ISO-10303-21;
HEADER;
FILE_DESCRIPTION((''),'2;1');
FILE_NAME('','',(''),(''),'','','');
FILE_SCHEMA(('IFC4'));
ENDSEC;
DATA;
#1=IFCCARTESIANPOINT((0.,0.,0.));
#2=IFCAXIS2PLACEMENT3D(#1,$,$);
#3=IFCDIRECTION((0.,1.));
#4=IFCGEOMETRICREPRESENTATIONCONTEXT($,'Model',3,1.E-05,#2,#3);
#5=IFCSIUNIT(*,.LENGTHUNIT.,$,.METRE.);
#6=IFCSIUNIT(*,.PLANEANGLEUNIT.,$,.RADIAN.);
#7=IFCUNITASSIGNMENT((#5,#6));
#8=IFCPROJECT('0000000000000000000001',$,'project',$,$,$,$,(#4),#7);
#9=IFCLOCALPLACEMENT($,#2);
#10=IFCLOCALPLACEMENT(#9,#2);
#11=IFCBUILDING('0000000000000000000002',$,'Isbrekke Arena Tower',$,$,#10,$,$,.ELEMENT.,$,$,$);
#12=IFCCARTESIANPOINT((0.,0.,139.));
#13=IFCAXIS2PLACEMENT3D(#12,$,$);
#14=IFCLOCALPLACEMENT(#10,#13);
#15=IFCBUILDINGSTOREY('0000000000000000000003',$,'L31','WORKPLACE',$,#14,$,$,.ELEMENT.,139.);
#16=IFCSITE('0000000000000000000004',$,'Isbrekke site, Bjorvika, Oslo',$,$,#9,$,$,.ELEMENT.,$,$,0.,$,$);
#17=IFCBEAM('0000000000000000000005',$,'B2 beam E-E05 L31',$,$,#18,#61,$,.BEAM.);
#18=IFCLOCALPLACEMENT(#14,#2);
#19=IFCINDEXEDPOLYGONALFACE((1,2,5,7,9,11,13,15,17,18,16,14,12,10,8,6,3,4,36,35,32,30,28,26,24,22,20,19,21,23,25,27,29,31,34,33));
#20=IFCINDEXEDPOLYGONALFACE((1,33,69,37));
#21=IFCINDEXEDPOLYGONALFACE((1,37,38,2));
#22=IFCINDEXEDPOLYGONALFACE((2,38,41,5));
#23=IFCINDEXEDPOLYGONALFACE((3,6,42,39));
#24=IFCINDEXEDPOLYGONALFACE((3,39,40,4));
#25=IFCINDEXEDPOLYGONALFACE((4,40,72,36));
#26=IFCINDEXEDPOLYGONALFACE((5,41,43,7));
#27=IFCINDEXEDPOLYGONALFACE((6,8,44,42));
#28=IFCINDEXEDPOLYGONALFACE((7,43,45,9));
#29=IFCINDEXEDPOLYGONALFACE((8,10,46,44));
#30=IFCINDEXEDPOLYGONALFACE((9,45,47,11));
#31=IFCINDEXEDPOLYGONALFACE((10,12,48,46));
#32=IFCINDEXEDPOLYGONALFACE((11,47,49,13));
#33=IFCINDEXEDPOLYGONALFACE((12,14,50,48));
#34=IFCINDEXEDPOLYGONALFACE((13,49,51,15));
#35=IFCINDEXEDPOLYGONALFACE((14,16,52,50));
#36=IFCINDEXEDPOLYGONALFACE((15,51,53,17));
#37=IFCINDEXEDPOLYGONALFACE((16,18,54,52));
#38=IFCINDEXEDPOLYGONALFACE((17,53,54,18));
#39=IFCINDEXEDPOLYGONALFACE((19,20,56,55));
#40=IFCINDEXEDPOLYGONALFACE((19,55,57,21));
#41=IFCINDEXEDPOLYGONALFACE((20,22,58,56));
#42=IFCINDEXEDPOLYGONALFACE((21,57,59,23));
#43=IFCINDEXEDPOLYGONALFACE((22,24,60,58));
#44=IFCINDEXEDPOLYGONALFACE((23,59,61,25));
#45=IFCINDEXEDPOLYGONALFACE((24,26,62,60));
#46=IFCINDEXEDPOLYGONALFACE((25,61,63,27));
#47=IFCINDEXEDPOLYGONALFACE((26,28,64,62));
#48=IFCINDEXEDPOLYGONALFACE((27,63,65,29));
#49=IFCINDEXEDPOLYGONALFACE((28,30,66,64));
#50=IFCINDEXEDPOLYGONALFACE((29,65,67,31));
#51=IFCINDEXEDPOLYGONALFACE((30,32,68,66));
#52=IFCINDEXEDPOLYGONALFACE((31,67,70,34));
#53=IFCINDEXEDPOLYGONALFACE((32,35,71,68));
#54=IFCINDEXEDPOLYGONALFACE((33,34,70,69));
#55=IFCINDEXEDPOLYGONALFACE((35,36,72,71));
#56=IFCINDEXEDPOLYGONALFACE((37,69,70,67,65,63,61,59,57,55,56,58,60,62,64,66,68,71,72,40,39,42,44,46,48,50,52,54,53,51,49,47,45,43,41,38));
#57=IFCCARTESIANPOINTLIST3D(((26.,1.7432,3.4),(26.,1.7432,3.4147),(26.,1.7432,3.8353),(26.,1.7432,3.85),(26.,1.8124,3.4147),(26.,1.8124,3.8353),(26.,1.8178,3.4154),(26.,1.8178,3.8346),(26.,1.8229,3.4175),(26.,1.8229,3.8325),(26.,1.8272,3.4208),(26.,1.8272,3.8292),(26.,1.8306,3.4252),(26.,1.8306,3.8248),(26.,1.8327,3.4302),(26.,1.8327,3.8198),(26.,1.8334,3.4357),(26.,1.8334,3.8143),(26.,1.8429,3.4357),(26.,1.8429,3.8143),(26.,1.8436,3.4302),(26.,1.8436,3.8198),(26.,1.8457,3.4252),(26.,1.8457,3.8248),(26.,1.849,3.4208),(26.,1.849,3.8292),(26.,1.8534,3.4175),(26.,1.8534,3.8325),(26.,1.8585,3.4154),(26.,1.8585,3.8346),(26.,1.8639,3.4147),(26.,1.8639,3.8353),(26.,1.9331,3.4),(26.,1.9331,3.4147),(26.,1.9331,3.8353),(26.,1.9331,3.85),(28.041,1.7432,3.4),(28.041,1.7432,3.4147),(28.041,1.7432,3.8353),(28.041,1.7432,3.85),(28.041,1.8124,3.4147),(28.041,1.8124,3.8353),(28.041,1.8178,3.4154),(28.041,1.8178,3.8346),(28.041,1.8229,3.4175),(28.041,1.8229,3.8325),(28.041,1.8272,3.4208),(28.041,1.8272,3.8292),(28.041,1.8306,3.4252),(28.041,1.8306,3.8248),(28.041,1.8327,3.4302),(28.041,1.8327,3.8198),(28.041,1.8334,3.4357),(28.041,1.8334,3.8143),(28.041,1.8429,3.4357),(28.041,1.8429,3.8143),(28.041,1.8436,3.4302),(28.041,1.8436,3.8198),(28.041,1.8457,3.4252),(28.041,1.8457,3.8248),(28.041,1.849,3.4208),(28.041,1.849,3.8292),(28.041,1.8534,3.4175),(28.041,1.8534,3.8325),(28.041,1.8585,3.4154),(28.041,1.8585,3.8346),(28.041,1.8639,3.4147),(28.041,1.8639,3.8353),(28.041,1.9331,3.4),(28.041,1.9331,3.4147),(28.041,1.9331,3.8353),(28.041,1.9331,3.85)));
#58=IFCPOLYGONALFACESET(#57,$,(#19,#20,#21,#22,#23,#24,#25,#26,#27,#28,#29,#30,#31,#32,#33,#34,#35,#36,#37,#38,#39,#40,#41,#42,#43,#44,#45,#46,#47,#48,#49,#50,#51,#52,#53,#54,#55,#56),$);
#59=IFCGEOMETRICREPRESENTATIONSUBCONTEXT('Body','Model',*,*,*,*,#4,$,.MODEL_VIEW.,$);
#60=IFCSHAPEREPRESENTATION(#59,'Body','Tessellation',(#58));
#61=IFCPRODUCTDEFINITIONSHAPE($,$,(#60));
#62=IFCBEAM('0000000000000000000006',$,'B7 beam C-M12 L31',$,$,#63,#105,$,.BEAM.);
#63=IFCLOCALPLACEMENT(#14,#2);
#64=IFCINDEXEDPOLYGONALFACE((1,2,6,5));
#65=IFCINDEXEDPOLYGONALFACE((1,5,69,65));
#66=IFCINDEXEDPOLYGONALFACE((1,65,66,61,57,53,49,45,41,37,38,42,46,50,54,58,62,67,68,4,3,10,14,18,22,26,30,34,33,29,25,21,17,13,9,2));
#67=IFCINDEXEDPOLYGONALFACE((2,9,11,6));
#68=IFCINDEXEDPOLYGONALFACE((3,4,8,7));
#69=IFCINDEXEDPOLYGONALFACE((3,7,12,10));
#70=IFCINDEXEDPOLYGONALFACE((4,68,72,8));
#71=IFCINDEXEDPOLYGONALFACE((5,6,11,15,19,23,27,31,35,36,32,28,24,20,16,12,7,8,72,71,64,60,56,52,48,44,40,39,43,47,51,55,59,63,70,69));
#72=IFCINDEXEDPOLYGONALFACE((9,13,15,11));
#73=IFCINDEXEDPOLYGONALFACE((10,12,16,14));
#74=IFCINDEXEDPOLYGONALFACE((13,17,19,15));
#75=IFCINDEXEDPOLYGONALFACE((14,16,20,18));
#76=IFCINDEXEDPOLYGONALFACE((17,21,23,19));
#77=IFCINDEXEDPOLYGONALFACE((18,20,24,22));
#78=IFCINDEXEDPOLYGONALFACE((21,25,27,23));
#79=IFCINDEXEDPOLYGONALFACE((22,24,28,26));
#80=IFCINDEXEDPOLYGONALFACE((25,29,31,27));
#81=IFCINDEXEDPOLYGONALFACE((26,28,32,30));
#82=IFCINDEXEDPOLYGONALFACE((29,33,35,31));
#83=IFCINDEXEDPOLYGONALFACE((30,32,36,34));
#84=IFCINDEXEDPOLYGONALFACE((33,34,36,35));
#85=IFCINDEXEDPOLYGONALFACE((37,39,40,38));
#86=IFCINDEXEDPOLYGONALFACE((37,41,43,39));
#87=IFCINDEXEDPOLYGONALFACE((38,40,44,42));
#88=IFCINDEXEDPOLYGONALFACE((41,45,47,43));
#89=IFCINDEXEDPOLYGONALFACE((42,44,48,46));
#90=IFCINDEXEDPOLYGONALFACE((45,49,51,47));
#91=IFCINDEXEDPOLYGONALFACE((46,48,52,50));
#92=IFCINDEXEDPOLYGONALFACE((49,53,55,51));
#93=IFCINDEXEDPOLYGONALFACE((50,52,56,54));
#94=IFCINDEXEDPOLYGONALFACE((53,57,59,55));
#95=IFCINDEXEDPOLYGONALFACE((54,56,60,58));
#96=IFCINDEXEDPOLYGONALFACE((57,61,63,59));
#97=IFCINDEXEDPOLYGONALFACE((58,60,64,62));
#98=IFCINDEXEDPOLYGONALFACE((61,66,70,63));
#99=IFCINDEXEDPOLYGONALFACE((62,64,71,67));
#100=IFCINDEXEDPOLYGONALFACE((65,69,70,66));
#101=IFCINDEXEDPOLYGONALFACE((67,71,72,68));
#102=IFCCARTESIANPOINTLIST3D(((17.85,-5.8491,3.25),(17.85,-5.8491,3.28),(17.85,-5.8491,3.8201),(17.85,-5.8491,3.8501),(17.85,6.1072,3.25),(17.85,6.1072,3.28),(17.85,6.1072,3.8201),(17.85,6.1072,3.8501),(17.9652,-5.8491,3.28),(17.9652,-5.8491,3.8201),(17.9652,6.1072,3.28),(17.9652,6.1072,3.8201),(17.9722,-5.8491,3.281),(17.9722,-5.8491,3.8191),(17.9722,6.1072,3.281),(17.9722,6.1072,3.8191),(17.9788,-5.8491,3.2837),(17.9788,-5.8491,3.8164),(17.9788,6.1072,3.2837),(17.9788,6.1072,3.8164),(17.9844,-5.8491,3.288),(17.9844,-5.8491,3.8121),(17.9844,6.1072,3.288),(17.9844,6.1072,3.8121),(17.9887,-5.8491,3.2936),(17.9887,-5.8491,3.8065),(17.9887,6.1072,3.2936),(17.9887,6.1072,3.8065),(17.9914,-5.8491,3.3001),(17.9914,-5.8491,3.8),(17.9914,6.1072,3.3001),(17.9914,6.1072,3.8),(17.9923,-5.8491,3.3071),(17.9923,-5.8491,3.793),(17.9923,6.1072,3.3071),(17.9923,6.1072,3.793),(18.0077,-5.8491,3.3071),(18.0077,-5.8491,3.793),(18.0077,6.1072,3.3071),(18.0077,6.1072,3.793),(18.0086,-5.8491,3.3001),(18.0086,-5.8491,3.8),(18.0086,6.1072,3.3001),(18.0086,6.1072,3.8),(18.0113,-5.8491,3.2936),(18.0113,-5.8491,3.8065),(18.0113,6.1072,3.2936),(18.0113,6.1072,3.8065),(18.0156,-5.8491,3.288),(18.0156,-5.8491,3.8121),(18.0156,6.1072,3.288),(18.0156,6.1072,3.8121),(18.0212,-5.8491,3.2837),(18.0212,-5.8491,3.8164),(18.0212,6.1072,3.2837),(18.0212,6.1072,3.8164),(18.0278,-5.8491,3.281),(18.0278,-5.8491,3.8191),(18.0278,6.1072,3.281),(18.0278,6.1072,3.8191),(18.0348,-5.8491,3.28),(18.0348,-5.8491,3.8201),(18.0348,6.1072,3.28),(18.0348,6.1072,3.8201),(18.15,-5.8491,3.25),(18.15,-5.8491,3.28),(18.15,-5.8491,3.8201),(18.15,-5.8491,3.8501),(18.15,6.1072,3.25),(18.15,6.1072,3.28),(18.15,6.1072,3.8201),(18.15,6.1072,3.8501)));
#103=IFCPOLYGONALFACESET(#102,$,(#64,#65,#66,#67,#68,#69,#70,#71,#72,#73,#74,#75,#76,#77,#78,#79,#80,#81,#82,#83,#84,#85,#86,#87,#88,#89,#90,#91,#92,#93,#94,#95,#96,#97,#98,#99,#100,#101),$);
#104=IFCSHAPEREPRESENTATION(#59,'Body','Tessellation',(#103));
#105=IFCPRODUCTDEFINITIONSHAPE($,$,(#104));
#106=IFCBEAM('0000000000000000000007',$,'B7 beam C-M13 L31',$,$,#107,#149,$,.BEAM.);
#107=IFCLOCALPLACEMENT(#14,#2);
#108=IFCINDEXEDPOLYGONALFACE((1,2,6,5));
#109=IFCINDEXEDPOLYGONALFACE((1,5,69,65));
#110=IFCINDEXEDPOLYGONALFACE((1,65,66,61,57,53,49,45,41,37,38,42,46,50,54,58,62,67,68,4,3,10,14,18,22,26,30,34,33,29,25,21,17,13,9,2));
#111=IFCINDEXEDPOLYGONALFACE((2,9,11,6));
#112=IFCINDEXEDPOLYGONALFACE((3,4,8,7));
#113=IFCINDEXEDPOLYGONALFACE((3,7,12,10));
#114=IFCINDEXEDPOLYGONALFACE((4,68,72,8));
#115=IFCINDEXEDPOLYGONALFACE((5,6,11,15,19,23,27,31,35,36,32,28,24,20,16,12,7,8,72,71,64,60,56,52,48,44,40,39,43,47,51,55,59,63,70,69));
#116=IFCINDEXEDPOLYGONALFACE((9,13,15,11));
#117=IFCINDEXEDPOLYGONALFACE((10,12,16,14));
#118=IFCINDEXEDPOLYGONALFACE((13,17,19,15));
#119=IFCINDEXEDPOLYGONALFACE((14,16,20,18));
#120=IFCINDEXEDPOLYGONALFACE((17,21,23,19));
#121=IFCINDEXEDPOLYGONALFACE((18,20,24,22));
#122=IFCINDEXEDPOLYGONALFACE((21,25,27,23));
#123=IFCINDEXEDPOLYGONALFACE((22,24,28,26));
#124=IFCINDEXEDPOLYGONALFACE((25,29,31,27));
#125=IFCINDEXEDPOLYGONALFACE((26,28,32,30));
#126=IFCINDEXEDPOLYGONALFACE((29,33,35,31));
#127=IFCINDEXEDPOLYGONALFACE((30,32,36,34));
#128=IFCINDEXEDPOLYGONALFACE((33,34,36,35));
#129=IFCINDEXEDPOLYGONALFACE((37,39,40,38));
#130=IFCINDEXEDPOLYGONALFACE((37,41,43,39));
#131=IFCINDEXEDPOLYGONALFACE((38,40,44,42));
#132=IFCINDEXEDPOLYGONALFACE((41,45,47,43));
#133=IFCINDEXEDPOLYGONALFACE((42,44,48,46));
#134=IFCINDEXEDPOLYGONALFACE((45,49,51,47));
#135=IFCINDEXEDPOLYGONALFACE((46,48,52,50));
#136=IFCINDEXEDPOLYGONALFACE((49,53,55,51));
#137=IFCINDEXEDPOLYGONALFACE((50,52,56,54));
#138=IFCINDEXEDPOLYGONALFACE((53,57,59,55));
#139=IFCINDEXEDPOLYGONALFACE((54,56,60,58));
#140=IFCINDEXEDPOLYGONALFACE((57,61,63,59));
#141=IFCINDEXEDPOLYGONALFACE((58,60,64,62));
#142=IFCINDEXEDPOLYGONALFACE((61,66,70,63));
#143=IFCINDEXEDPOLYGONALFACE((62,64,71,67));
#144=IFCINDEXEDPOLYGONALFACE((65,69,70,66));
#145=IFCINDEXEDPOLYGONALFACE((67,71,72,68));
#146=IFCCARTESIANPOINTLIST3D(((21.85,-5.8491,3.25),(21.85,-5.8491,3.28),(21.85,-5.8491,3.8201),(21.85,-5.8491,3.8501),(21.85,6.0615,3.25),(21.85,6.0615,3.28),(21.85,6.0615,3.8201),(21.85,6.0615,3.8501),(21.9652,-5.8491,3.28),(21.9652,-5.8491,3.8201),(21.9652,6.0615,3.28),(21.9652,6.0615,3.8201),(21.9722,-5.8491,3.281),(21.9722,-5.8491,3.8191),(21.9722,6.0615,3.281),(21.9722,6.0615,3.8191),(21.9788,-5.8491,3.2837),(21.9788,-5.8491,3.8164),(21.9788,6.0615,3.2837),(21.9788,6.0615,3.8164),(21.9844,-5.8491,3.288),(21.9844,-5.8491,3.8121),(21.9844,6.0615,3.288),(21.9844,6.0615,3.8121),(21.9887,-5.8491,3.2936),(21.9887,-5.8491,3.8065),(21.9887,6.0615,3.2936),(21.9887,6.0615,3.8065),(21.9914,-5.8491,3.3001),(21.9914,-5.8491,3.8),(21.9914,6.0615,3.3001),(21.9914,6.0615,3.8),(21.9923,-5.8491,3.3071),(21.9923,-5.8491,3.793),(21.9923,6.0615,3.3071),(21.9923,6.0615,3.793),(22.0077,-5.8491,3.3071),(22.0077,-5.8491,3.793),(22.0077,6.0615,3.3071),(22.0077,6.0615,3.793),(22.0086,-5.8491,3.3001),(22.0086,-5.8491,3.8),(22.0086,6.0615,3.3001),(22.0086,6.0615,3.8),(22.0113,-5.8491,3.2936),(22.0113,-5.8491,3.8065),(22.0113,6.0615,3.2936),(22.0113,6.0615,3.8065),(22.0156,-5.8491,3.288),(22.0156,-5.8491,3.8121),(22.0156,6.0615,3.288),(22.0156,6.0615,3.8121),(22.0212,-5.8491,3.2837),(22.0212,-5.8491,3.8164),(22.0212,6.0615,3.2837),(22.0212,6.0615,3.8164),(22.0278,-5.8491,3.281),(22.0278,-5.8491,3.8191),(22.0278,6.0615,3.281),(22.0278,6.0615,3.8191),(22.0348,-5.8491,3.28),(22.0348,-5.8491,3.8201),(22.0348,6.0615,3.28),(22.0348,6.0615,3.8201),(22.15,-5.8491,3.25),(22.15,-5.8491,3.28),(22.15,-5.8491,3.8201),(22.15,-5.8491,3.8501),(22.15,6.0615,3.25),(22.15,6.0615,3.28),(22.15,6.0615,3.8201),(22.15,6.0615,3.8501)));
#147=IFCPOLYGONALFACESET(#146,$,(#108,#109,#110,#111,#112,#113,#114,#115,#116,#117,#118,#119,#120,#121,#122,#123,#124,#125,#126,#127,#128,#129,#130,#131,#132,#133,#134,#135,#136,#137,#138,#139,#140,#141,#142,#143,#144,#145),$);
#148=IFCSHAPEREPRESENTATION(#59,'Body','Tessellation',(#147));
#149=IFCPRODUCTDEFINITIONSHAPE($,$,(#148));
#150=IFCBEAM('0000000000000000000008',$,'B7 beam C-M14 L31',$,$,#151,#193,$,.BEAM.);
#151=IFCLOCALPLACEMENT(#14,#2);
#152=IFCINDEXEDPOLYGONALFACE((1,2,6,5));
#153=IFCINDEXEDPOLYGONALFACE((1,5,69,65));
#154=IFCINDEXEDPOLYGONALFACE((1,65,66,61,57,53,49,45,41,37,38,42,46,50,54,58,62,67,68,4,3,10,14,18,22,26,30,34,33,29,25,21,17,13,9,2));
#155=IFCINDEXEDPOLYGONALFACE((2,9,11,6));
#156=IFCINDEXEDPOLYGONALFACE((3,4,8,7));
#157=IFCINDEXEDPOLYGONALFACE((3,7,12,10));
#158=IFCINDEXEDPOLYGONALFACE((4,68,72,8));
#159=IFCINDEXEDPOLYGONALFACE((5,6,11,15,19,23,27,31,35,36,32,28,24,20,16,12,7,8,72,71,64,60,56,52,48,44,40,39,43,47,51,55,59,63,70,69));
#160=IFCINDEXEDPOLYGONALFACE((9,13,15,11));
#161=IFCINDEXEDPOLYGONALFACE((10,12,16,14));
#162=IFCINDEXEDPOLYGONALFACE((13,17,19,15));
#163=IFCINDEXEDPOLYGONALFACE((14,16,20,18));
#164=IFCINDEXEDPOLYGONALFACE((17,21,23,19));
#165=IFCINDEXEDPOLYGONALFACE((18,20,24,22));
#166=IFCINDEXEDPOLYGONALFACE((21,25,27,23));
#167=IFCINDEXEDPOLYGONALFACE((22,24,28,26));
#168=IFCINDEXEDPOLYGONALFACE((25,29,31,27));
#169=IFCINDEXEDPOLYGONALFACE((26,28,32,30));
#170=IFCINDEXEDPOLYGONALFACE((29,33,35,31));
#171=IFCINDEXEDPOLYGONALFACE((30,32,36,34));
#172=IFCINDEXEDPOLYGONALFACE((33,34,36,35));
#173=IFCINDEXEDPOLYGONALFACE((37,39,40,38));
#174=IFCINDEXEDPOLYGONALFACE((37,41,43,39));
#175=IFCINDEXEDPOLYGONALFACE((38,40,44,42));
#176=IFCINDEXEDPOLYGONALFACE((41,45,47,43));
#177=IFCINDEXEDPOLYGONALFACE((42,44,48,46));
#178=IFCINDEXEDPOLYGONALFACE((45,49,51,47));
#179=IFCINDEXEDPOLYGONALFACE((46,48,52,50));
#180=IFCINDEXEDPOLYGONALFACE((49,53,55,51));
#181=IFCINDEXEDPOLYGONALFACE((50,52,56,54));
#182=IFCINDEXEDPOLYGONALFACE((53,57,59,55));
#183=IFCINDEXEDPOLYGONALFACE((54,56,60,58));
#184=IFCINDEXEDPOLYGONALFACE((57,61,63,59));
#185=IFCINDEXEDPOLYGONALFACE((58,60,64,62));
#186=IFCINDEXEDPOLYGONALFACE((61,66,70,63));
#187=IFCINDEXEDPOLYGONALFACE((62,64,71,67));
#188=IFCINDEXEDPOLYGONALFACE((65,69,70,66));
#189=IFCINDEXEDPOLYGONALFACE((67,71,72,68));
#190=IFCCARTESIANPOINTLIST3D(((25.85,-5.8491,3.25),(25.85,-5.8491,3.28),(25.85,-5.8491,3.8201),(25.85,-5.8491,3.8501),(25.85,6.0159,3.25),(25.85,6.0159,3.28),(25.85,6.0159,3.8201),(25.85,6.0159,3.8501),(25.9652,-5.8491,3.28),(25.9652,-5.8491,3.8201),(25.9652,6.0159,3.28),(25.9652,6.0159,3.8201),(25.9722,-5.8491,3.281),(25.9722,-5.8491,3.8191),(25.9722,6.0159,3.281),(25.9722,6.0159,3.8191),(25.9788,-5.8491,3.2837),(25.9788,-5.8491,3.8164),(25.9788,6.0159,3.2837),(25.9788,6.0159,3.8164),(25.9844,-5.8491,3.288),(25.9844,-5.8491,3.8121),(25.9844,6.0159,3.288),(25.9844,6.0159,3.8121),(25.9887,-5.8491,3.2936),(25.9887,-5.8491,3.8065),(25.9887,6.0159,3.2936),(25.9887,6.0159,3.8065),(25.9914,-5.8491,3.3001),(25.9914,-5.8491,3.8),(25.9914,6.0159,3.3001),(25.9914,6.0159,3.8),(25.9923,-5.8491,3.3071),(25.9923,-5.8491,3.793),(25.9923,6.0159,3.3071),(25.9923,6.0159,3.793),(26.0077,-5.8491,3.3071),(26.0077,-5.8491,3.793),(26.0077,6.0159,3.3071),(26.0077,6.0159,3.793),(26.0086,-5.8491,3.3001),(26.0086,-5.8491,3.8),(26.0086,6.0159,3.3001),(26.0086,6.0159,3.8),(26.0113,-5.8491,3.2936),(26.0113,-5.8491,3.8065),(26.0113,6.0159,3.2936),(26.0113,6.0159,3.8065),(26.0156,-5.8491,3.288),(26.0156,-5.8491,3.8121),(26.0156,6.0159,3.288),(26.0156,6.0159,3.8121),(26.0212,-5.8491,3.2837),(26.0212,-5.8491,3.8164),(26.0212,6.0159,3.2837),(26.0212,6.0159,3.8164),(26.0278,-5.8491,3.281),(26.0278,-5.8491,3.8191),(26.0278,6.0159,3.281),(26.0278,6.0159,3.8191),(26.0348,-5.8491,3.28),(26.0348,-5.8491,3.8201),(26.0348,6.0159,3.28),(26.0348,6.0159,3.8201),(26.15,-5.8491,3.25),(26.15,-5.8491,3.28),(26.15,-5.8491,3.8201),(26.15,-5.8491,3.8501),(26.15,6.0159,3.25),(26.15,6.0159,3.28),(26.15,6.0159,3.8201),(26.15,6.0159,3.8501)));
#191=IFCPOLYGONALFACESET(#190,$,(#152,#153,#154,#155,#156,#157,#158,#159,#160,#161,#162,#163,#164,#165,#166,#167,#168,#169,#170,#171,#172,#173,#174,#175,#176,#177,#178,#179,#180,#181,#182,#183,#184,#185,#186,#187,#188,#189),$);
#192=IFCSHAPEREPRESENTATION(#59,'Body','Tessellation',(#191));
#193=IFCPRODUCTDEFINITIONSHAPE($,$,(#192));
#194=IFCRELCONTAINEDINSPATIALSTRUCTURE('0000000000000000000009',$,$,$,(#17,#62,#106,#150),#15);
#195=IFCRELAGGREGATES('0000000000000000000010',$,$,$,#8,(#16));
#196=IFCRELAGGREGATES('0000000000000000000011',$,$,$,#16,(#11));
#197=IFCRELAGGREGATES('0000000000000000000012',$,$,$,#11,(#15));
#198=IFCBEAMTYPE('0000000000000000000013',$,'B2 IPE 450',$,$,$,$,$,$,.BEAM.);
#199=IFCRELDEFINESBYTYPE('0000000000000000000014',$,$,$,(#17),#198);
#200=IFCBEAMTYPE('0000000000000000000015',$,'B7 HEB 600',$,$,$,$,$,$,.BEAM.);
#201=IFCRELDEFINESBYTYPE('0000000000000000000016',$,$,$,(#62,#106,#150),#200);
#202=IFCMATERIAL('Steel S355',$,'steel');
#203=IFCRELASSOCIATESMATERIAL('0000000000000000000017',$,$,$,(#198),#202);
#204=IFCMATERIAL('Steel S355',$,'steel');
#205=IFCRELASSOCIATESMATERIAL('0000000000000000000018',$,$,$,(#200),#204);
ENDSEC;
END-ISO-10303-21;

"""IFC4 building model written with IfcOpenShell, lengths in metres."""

from ifc_helpers import new_model, si_unit, direction, frame, origin, origin_2d, place, context, subcontext, project, spatial, i_section, extrude, material, material_profile, profile_set, type_object, element, save


model = new_model("IFC4")

# Units and contexts
model_context = context("Model", 3, precision=1e-05, world=origin(), true_north=direction((0.0, 1.0)))
body_context = subcontext(model_context, "Body", "Model", "MODEL_VIEW")
ifc_project = project(units=[si_unit("LENGTHUNIT", "METRE"), si_unit("PLANEANGLEUNIT", "RADIAN")], contexts=[model_context])

# Site, building, storey
site_placement = place(None, origin())
site = spatial("IfcSite", under=ifc_project, at=site_placement, Name="Isbrekke site, Bjorvika, Oslo", CompositionType="ELEMENT", RefElevation=0.0)
building_placement = place(site_placement, origin())
building = spatial("IfcBuilding", under=site, at=building_placement, Name="Isbrekke Arena Tower", CompositionType="ELEMENT")
storey_placement = place(building_placement, frame((0.0, 0.0, 139.0)))
storey = spatial("IfcBuildingStorey", under=building, at=storey_placement, Name="L31", Description="WORKPLACE", CompositionType="ELEMENT", Elevation=139.0)

# Beams
ifc_material_1 = material(Name="Steel S355", Category="steel")
ifc_material_profile_1 = material_profile(ifc_material_1, i_section(OverallWidth=0.1899, OverallDepth=0.45, WebThickness=0.0095, FlangeThickness=0.0146, FilletRadius=0.021, at=origin_2d()), Name="IPE 450")
ifc_profile_set_1 = profile_set([ifc_material_profile_1], Name="Steel S355")
beam_type_1 = type_object("IfcBeamType", Name="B2 IPE 450", PredefinedType="BEAM", material=ifc_profile_set_1)
beam_1_placement = place(storey_placement, frame((28.041, 1.8381, 3.625), z_axis=(-1.0, 0.0, 0.0), x_axis=(0.0, -1.0, 0.0)))
element("IfcBeam", 1, at=beam_1_placement, inside=storey, type_object=beam_type_1, Name="B2 beam E-E05 L31", PredefinedType="BEAM", context=body_context, shape_type="SweptSolid", body=[
    extrude(i_section(OverallWidth=0.1899, OverallDepth=0.45, WebThickness=0.0095, FlangeThickness=0.0146, FilletRadius=0.021, at=origin_2d()), origin(), (0.0, 0.0, 1.0), 2.041),
])
ifc_material_2 = material(Name="Steel S355", Category="steel")
ifc_material_profile_2 = material_profile(ifc_material_2, i_section(OverallWidth=0.3, OverallDepth=0.6001, WebThickness=0.0154, FlangeThickness=0.03, FilletRadius=0.0271, at=origin_2d()), Name="HEB 600")
ifc_profile_set_2 = profile_set([ifc_material_profile_2], Name="Steel S355")
beam_type_2 = type_object("IfcBeamType", Name="B7 HEB 600", PredefinedType="BEAM", material=ifc_profile_set_2)
beam_2_placement = place(storey_placement, frame((18.0, -5.8491, 3.55), z_axis=(0.0, 1.0, 0.0), x_axis=(-1.0, 0.0, 0.0)))
element("IfcBeam", 2, at=beam_2_placement, inside=storey, type_object=beam_type_2, Name="B7 beam C-M12 L31", PredefinedType="BEAM", context=body_context, shape_type="SweptSolid", body=[
    extrude(i_section(OverallWidth=0.3, OverallDepth=0.6001, WebThickness=0.0154, FlangeThickness=0.03, FilletRadius=0.0271, at=origin_2d()), origin(), (0.0, 0.0, 1.0), 11.9563),
])
beam_3_placement = place(storey_placement, frame((22.0, -5.8491, 3.55), z_axis=(0.0, 1.0, 0.0), x_axis=(-1.0, 0.0, 0.0)))
element("IfcBeam", 3, at=beam_3_placement, inside=storey, type_object=beam_type_2, Name="B7 beam C-M13 L31", PredefinedType="BEAM", context=body_context, shape_type="SweptSolid", body=[
    extrude(i_section(OverallWidth=0.3, OverallDepth=0.6001, WebThickness=0.0154, FlangeThickness=0.03, FilletRadius=0.0271, at=origin_2d()), origin(), (0.0, 0.0, 1.0), 11.9106),
])
beam_4_placement = place(storey_placement, frame((26.0, -5.8491, 3.55), z_axis=(0.0, 1.0, 0.0), x_axis=(-1.0, 0.0, 0.0)))
element("IfcBeam", 4, at=beam_4_placement, inside=storey, type_object=beam_type_2, Name="B7 beam C-M14 L31", PredefinedType="BEAM", context=body_context, shape_type="SweptSolid", body=[
    extrude(i_section(OverallWidth=0.3, OverallDepth=0.6001, WebThickness=0.0154, FlangeThickness=0.03, FilletRadius=0.0271, at=origin_2d()), origin(), (0.0, 0.0, 1.0), 11.865),
])

save(model, "model.ifc")
